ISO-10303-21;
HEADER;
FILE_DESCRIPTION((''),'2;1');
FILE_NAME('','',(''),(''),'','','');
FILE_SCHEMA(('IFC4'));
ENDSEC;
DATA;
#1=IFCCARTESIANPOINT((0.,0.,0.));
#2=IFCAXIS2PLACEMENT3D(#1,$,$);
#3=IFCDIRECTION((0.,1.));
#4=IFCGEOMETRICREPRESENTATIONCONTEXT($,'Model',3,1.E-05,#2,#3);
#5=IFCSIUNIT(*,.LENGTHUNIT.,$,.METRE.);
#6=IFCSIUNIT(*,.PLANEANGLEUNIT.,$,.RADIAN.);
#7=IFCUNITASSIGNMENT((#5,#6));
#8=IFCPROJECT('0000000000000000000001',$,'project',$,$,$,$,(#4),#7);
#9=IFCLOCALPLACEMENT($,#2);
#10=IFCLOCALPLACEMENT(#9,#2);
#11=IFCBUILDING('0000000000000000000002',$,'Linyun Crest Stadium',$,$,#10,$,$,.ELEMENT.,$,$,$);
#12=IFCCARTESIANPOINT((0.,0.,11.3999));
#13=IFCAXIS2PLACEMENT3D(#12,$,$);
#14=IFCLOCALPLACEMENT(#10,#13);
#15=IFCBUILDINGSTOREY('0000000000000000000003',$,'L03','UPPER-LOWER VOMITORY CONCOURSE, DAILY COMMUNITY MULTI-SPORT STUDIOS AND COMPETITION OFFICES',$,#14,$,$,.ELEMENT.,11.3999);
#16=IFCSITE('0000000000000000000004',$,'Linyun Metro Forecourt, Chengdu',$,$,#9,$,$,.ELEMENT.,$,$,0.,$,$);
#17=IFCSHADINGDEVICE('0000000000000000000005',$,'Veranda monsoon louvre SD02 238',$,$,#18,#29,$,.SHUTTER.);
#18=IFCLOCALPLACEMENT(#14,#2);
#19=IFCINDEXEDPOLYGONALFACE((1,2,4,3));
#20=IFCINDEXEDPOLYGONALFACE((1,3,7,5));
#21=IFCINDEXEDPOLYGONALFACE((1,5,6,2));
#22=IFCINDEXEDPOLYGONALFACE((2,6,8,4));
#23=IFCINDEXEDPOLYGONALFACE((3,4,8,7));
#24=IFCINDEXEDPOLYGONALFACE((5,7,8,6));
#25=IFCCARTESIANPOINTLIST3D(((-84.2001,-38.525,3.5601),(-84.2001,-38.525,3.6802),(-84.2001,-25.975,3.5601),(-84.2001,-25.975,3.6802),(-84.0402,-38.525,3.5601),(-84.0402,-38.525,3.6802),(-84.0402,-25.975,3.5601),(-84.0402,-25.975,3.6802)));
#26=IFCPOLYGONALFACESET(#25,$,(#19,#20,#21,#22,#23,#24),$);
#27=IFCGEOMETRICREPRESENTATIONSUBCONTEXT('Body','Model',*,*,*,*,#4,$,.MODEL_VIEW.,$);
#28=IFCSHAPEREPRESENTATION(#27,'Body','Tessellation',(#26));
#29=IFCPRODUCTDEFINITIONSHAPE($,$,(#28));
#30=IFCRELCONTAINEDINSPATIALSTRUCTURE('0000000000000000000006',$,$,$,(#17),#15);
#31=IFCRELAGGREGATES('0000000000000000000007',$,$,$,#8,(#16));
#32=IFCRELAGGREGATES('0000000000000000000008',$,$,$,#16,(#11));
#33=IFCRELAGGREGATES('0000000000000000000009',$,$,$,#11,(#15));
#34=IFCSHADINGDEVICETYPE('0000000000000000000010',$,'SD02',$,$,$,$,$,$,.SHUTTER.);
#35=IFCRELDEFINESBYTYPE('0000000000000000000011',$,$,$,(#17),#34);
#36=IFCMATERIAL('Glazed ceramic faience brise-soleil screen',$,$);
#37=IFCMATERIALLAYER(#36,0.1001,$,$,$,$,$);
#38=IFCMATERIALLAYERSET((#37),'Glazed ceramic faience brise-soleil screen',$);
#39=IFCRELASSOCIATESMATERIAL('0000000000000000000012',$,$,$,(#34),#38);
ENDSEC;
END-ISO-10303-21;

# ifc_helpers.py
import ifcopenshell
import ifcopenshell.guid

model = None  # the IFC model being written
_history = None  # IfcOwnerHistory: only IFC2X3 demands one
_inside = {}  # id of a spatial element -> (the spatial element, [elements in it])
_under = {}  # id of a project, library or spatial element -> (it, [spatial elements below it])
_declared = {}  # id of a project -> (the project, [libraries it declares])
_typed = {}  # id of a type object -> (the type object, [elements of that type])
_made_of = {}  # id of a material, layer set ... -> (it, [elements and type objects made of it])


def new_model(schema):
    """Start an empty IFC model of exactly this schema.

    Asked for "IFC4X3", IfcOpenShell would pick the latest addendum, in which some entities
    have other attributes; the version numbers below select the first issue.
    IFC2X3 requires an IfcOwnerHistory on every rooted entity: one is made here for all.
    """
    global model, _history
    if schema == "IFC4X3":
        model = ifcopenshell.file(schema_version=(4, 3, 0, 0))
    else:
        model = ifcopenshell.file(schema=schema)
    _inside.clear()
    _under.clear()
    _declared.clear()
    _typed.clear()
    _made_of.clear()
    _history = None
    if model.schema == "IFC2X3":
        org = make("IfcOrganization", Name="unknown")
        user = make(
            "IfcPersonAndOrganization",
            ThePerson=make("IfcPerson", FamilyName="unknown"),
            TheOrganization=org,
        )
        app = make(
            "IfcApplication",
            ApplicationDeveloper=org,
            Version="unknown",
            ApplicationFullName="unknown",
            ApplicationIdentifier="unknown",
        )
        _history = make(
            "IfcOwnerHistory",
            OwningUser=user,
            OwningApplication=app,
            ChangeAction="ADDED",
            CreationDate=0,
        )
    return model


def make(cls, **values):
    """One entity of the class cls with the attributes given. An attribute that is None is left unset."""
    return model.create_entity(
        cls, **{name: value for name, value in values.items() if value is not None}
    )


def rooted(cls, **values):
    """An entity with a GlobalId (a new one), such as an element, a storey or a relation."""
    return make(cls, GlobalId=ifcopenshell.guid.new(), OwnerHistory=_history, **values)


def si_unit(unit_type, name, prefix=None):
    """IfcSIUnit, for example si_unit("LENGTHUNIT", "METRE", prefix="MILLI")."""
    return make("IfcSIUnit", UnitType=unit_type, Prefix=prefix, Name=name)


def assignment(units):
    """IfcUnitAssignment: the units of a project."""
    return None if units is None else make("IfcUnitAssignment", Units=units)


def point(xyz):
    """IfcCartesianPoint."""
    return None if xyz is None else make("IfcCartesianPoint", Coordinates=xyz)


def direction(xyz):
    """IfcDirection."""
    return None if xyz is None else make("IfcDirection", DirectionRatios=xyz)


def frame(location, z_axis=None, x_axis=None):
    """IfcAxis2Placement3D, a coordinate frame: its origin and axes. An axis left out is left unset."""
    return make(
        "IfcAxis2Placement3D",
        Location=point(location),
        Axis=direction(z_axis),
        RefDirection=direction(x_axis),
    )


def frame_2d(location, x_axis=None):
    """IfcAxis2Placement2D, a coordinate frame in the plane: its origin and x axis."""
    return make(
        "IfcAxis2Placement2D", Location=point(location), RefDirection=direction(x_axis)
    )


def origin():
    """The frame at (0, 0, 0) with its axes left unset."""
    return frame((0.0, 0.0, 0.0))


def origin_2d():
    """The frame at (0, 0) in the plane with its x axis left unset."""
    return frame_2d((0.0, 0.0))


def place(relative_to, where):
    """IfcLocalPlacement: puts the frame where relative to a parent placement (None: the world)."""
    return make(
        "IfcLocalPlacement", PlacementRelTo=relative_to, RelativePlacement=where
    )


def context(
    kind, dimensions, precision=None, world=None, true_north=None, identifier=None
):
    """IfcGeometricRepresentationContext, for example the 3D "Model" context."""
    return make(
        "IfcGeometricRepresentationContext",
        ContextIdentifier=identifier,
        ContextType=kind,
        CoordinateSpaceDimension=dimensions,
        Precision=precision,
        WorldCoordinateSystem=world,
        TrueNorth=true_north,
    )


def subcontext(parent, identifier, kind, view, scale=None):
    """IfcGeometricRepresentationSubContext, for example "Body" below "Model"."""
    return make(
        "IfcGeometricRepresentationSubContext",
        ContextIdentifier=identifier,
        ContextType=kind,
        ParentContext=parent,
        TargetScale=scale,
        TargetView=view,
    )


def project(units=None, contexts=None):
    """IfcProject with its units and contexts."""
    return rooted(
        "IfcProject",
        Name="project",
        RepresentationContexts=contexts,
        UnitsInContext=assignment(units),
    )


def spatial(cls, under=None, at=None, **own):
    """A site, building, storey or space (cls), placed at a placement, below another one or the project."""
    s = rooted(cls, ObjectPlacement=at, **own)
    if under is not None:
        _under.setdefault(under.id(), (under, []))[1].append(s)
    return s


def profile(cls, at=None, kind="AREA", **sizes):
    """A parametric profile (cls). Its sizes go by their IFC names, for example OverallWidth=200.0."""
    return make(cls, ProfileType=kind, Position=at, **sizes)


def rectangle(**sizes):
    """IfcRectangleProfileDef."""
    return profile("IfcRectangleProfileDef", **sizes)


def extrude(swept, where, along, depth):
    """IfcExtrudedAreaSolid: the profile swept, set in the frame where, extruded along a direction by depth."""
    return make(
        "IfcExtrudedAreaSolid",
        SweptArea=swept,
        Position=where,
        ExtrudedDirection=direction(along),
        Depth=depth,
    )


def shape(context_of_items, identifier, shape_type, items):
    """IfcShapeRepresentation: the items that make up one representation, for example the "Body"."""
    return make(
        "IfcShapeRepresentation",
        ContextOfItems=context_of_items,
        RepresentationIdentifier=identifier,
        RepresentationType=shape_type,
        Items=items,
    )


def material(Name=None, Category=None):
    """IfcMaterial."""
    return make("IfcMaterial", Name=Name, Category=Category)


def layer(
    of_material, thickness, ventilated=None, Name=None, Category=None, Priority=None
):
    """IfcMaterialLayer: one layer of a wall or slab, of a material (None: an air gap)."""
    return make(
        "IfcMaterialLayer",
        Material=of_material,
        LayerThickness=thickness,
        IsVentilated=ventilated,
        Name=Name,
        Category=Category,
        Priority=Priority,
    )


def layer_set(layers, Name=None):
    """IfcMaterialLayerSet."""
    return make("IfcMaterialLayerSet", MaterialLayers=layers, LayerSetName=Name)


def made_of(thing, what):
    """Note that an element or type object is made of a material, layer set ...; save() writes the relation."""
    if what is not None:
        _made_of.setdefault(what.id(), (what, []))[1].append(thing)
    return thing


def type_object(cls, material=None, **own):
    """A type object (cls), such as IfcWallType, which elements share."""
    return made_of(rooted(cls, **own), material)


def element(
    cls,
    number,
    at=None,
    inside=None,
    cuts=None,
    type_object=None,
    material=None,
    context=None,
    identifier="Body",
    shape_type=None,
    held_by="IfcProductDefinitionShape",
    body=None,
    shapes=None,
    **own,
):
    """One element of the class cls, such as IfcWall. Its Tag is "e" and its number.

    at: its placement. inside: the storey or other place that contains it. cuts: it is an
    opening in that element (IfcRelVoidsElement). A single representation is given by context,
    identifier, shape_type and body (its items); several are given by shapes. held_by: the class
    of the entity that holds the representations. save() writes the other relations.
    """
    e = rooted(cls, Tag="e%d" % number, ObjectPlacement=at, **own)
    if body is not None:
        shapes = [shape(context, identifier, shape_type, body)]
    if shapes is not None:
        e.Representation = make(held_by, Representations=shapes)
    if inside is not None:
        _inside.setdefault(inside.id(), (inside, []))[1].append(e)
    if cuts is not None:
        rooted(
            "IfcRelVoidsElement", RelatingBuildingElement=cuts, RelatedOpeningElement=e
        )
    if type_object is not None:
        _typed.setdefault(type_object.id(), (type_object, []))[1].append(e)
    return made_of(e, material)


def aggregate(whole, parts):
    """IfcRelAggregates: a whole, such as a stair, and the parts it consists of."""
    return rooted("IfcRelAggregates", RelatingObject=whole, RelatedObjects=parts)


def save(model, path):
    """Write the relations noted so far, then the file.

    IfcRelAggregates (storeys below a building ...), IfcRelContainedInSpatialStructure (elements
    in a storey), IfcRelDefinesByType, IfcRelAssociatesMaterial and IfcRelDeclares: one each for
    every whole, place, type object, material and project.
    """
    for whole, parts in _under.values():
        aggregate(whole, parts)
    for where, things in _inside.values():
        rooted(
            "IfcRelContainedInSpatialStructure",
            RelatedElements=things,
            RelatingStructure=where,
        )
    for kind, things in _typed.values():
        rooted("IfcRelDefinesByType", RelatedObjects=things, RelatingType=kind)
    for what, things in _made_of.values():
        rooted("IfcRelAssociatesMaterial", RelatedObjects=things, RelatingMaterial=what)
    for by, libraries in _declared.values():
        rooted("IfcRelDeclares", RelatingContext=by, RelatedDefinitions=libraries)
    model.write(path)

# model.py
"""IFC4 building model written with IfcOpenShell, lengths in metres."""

from ifc_helpers import new_model, si_unit, direction, frame, origin, origin_2d, place, context, subcontext, project, spatial, rectangle, extrude, material, layer, layer_set, type_object, element, save


model = new_model("IFC4")

# Units and contexts
model_context = context("Model", 3, precision=1e-05, world=origin(), true_north=direction((0.0, 1.0)))
body_context = subcontext(model_context, "Body", "Model", "MODEL_VIEW")
ifc_project = project(units=[si_unit("LENGTHUNIT", "METRE"), si_unit("PLANEANGLEUNIT", "RADIAN")], contexts=[model_context])

# Site, building, storey
site_placement = place(None, origin())
site = spatial("IfcSite", under=ifc_project, at=site_placement, Name="Linyun Metro Forecourt, Chengdu", CompositionType="ELEMENT", RefElevation=0.0)
building_placement = place(site_placement, origin())
building = spatial("IfcBuilding", under=site, at=building_placement, Name="Linyun Crest Stadium", CompositionType="ELEMENT")
storey_placement = place(building_placement, frame((0.0, 0.0, 11.3999)))
storey = spatial("IfcBuildingStorey", under=building, at=storey_placement, Name="L03", Description="UPPER-LOWER VOMITORY CONCOURSE, DAILY COMMUNITY MULTI-SPORT STUDIOS AND COMPETITION OFFICES", CompositionType="ELEMENT", Elevation=11.3999)

# Shading device
ifc_material_1 = material(Name="Glazed ceramic faience brise-soleil screen")
ifc_layer_1 = layer(ifc_material_1, 0.1001)
ifc_layer_set_1 = layer_set([ifc_layer_1], Name="Glazed ceramic faience brise-soleil screen")
shading_device_type = type_object("IfcShadingDeviceType", Name="SD02", PredefinedType="SHUTTER", material=ifc_layer_set_1)
shading_device_placement = place(storey_placement, frame((-84.1201, -32.25, 3.5601), z_axis=(0.0, 0.0, 1.0), x_axis=(1.0, 0.0, 0.0)))
element("IfcShadingDevice", 1, at=shading_device_placement, inside=storey, type_object=shading_device_type, Name="Veranda monsoon louvre SD02 238", PredefinedType="SHUTTER", context=body_context, shape_type="SweptSolid", body=[
    extrude(rectangle(XDim=0.1599, YDim=12.55, at=origin_2d()), origin(), (0.0, 0.0, 1.0), 0.1201),
])

save(model, "model.ifc")
